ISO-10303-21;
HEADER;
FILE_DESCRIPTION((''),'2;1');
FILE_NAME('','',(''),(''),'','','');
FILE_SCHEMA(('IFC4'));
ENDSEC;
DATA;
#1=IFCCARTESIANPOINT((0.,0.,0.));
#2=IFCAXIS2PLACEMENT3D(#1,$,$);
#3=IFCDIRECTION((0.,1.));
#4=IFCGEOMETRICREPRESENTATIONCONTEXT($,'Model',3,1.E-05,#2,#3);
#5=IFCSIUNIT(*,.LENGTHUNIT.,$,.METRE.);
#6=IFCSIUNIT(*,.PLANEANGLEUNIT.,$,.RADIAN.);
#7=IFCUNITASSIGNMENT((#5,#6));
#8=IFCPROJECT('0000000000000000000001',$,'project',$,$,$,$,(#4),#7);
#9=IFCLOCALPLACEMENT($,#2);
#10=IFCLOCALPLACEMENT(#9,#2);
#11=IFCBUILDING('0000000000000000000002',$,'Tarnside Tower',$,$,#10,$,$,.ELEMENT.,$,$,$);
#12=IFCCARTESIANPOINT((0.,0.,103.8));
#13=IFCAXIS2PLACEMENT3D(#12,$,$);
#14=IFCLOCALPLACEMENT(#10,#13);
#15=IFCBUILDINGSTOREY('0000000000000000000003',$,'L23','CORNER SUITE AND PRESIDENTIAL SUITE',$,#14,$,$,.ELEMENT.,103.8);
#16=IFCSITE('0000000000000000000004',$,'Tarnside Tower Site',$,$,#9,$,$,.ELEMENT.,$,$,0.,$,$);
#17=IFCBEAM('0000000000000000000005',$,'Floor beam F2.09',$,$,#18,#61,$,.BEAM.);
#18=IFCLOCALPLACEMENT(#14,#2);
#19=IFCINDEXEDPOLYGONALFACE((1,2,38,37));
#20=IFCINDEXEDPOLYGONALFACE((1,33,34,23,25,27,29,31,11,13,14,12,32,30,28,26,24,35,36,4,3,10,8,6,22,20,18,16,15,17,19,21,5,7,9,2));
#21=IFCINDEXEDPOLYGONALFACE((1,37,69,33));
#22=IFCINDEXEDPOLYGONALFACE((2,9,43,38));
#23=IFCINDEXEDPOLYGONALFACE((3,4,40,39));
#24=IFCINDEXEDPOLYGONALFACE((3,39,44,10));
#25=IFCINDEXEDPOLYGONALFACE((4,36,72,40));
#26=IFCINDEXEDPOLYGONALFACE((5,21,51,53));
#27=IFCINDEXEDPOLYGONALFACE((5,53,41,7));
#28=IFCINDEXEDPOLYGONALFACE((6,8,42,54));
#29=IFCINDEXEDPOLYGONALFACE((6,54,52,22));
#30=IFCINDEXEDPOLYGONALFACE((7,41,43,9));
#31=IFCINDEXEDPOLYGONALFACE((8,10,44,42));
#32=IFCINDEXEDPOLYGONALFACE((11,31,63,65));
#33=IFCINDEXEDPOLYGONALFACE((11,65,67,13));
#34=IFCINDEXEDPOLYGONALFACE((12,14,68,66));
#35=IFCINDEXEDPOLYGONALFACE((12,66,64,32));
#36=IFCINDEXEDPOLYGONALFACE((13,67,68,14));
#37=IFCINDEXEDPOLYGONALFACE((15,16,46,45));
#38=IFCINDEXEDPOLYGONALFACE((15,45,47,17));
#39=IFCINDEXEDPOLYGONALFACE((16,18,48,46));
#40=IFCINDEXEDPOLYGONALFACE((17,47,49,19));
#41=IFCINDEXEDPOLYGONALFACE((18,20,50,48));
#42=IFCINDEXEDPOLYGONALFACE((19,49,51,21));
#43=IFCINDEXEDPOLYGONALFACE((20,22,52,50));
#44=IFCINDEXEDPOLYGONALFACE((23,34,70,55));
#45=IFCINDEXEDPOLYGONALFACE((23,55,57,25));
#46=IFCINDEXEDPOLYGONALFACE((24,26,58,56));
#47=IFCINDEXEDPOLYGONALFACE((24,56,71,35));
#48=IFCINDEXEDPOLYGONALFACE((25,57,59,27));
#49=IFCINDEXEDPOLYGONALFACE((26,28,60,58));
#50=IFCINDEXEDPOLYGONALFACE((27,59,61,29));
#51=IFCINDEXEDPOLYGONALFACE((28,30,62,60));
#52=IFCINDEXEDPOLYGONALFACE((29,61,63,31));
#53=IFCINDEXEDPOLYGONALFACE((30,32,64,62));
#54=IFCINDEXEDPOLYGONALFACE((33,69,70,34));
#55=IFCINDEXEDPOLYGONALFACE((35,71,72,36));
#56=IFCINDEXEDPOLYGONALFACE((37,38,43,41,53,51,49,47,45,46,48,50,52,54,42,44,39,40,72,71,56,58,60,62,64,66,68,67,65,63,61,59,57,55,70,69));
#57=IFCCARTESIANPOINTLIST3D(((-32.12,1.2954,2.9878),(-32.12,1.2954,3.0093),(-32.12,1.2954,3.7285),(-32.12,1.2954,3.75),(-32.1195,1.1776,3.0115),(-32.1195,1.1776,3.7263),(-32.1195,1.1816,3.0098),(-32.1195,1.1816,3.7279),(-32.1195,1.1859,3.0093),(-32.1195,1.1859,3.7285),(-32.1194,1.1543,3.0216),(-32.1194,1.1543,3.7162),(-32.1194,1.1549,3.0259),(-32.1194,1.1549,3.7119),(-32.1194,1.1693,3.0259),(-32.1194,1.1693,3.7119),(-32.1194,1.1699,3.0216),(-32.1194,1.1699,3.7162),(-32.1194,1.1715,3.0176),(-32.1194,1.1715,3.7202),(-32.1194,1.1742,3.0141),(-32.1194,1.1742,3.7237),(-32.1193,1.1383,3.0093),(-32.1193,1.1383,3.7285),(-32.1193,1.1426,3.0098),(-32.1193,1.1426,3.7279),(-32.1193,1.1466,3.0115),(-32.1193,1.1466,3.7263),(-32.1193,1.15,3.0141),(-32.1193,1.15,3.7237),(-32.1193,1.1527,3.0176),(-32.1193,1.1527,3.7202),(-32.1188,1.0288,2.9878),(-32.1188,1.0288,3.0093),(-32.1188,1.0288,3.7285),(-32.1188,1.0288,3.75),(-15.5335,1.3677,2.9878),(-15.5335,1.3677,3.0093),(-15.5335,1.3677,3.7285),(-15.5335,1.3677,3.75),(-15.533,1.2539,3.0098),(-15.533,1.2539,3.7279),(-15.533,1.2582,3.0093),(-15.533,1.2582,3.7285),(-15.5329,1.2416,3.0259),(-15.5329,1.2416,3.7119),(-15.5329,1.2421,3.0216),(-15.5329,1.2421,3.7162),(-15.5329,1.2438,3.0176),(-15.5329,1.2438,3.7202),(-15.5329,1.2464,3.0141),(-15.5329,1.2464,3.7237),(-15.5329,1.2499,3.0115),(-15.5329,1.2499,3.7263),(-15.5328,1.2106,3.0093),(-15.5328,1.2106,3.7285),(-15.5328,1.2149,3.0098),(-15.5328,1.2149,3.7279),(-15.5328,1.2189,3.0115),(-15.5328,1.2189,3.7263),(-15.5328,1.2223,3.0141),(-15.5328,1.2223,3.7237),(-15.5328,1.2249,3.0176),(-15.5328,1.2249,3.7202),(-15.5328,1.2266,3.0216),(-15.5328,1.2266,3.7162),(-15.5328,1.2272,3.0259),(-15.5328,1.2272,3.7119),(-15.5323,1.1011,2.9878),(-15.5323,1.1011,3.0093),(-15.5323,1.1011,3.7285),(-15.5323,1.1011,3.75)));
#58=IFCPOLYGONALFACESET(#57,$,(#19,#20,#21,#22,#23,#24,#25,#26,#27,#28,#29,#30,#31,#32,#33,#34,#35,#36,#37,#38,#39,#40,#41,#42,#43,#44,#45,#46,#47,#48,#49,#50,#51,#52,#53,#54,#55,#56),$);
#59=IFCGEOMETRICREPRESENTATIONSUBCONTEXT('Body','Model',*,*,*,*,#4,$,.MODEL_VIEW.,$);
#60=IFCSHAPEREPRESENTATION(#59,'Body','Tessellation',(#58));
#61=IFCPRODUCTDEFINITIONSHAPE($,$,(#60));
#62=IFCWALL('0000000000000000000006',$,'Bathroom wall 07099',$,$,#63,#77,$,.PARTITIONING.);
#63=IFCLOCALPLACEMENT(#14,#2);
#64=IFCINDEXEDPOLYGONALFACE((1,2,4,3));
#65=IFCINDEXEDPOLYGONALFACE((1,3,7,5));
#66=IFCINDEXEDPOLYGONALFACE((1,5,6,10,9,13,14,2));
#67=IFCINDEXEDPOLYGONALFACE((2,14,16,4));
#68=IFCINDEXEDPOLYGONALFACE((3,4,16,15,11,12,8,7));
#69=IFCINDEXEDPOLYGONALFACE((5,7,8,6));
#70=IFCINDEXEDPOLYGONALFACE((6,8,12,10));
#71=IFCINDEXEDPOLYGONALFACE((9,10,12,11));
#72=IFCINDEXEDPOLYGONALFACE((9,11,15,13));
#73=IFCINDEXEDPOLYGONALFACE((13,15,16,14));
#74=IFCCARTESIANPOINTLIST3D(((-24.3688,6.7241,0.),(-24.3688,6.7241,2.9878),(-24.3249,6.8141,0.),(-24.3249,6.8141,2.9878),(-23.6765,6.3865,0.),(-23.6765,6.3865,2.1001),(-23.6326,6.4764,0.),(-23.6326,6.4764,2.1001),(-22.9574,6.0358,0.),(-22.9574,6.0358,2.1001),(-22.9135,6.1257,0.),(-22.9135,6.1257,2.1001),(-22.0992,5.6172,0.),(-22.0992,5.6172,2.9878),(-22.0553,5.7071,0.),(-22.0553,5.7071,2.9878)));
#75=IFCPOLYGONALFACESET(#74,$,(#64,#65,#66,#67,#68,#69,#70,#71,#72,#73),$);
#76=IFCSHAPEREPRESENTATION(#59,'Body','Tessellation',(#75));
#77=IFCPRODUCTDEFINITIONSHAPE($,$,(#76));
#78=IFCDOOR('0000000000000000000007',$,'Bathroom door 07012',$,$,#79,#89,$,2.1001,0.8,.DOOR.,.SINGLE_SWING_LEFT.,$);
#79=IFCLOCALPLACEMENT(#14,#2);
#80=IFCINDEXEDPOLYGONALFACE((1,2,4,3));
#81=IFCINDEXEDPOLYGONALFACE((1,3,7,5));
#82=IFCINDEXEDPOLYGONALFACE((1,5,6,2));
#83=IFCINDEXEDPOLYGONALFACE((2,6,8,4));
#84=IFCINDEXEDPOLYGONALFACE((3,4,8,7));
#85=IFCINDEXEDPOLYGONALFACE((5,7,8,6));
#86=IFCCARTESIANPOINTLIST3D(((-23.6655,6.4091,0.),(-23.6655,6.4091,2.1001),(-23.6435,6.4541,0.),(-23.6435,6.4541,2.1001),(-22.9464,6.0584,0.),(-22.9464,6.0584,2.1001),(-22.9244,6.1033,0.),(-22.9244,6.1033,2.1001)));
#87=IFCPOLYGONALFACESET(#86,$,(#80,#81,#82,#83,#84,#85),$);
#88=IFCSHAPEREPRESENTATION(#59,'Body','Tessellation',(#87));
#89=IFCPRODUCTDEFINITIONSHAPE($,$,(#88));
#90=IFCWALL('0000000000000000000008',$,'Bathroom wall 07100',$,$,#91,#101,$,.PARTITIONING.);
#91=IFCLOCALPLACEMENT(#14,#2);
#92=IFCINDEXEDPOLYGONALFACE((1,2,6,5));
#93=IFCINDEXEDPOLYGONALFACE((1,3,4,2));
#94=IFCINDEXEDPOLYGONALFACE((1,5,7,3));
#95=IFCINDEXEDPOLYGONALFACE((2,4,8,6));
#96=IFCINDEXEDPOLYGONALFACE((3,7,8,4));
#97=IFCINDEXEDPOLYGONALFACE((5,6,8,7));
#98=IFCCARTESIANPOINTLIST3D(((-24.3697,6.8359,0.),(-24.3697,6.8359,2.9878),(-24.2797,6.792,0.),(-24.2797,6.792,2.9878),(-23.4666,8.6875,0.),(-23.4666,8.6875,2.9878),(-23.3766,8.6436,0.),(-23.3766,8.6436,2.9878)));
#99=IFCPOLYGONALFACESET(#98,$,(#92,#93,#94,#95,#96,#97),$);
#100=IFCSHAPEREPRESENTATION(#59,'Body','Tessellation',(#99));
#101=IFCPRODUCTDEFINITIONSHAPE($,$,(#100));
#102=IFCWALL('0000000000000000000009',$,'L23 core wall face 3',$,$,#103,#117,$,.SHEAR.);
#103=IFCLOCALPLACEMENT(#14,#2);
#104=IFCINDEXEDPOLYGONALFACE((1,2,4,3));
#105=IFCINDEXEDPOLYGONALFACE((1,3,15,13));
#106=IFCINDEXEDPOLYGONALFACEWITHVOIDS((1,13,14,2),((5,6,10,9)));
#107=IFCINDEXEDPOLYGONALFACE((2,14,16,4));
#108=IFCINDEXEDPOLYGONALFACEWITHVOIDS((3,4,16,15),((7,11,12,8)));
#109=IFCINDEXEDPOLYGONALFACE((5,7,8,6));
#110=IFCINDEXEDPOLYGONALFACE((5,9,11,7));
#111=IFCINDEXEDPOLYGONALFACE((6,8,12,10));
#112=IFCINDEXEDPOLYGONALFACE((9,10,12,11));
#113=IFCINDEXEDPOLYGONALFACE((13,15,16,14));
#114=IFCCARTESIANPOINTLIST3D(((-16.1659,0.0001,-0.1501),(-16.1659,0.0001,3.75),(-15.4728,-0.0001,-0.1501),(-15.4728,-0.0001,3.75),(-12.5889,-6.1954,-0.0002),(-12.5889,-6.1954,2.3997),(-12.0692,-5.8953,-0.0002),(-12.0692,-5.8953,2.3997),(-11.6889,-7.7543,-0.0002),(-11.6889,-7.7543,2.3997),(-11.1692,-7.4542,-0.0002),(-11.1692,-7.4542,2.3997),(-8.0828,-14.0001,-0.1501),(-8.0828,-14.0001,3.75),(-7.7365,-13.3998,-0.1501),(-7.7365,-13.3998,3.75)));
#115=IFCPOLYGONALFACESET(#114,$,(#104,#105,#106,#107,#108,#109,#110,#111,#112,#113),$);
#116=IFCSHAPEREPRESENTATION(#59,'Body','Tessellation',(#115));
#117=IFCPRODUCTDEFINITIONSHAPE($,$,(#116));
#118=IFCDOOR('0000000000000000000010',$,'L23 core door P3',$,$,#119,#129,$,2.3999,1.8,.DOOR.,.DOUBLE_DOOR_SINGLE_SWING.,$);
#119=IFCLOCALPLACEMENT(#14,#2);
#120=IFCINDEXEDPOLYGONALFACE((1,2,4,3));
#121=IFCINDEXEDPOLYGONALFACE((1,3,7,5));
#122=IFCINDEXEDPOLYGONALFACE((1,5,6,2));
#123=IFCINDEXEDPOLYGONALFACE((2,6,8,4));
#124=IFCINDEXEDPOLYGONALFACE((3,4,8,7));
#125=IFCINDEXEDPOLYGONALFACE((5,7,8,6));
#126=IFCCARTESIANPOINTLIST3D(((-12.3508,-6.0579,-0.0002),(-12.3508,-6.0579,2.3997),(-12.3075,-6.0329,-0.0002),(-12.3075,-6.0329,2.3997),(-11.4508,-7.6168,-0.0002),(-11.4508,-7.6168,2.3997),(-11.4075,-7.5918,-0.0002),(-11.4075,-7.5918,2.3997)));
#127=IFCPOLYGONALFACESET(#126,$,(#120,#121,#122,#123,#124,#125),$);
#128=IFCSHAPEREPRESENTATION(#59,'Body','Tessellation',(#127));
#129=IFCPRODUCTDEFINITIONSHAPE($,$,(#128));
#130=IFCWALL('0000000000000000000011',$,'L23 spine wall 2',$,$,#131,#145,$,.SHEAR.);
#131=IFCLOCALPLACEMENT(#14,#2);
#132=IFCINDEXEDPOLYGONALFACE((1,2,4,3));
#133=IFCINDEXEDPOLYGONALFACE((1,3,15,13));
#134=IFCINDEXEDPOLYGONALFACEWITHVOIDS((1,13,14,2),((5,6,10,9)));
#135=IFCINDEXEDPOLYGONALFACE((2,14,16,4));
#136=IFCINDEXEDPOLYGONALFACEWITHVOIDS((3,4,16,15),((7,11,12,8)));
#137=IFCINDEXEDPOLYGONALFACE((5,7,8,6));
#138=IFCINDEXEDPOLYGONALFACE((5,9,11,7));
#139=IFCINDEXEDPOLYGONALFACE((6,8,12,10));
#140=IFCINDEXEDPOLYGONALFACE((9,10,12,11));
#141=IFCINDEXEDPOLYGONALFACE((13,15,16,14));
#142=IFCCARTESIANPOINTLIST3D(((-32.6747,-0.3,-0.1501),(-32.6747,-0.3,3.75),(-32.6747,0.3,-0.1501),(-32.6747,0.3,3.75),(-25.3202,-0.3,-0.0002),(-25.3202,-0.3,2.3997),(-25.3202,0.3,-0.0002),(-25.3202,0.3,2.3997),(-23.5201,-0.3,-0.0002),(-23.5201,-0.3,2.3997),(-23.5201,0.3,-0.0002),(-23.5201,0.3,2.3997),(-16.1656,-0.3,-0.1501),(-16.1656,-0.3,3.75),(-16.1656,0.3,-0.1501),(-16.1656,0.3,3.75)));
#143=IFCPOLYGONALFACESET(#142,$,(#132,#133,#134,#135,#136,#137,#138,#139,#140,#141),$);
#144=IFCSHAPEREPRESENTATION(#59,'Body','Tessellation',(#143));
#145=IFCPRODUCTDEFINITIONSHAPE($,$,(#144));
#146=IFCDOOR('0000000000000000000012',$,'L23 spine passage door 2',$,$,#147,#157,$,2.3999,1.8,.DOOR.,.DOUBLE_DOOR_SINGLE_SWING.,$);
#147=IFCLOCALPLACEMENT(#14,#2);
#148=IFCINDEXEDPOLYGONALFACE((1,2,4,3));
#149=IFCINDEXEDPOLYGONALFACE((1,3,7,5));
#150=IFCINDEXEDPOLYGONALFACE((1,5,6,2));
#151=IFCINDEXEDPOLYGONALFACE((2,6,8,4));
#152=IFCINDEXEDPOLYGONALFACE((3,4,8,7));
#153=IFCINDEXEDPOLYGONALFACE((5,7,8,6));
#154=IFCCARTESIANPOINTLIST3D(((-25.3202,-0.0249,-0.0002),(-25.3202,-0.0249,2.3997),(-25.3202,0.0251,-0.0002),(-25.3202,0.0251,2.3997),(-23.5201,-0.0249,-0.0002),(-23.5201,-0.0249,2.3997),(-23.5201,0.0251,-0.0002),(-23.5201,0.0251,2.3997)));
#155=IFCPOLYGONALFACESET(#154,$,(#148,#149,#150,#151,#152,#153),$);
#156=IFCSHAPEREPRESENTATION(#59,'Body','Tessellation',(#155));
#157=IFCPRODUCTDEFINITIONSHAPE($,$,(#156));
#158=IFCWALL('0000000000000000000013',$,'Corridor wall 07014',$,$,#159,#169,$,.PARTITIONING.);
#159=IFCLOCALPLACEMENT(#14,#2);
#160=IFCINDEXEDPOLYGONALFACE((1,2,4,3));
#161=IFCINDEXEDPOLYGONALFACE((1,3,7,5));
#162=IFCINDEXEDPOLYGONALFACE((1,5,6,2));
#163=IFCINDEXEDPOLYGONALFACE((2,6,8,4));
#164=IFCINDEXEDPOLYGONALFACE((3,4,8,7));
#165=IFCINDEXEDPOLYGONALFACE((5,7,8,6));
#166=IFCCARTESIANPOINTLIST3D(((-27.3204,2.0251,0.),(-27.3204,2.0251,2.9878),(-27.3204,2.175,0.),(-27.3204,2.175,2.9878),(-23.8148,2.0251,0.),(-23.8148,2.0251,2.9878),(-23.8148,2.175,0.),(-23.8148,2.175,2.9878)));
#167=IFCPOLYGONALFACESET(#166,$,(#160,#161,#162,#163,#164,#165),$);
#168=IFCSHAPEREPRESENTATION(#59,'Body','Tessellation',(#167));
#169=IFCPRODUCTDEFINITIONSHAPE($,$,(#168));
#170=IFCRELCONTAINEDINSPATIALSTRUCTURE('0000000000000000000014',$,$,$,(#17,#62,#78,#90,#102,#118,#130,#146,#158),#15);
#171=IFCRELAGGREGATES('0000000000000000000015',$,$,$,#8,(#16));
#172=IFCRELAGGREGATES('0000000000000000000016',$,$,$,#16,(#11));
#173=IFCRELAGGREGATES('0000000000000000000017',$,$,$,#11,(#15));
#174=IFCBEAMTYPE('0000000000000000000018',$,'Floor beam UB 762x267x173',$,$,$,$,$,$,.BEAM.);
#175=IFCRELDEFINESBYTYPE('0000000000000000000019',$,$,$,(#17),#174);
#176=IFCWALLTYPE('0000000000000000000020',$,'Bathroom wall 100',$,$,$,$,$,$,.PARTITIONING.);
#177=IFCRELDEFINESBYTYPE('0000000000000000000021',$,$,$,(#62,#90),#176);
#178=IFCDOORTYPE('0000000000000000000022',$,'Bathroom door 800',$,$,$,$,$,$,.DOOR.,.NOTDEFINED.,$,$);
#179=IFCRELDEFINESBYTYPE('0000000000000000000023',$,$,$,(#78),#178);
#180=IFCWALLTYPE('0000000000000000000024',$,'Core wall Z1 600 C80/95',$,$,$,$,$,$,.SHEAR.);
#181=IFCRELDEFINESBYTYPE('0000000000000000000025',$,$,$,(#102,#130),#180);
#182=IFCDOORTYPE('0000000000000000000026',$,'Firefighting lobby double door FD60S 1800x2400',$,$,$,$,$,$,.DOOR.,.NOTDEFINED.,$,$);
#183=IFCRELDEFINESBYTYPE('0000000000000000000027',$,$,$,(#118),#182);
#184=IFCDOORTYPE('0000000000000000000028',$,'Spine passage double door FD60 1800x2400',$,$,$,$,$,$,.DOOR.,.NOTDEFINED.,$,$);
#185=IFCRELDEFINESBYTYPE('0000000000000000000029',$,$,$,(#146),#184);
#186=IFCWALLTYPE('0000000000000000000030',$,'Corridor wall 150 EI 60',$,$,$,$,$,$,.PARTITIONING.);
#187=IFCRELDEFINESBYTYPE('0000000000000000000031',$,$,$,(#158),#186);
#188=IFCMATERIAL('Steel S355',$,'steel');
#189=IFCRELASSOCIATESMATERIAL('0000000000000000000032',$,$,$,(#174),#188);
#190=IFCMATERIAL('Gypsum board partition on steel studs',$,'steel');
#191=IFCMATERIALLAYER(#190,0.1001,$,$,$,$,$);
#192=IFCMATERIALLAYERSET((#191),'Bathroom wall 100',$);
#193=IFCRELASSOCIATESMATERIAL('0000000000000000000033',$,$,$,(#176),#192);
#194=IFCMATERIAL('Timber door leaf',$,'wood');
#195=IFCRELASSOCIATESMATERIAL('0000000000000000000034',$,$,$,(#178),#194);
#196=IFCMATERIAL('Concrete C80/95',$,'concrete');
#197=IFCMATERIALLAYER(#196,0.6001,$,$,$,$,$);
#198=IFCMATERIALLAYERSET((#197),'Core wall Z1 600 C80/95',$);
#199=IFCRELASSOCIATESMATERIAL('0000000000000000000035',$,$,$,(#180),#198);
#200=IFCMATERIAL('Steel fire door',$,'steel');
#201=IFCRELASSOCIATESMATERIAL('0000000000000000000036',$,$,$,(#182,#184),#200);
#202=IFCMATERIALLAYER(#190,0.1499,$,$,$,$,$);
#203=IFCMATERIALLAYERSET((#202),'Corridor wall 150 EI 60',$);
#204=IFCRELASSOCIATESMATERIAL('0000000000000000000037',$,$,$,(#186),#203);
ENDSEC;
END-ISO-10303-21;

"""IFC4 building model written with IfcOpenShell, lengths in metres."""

from ifc_helpers import new_model, si_unit, direction, frame, frame_2d, origin, origin_2d, place, context, subcontext, project, spatial, polyline, rectangle, i_section, outline, extrude, material, layer, layer_set, material_profile, profile_set, type_object, element, fill, save


model = new_model("IFC4")

# Units and contexts
model_context = context("Model", 3, precision=1e-05, world=origin(), true_north=direction((0.0, 1.0)))
body_context = subcontext(model_context, "Body", "Model", "MODEL_VIEW")
ifc_project = project(units=[si_unit("LENGTHUNIT", "METRE"), si_unit("PLANEANGLEUNIT", "RADIAN")], contexts=[model_context])

# Site, building, storey
site_placement = place(None, origin())
site = spatial("IfcSite", under=ifc_project, at=site_placement, Name="Tarnside Tower Site", CompositionType="ELEMENT", RefElevation=0.0)
building_placement = place(site_placement, origin())
building = spatial("IfcBuilding", under=site, at=building_placement, Name="Tarnside Tower", CompositionType="ELEMENT")
storey_placement = place(building_placement, frame((0.0, 0.0, 103.8)))
storey = spatial("IfcBuildingStorey", under=building, at=storey_placement, Name="L23", Description="CORNER SUITE AND PRESIDENTIAL SUITE", CompositionType="ELEMENT", Elevation=103.8)

# Beam
ifc_material_1 = material(Name="Steel S355", Category="steel")
ifc_material_profile_1 = material_profile(ifc_material_1, i_section(OverallWidth=0.2666, OverallDepth=0.7622, WebThickness=0.0144, FlangeThickness=0.0215, FilletRadius=0.0166, at=origin_2d()), Name="UB 762x267x173")
ifc_profile_set_1 = profile_set([ifc_material_profile_1], Name="Steel S355")
beam_type_1 = type_object("IfcBeamType", Name="Floor beam UB 762x267x173", PredefinedType="BEAM", material=ifc_profile_set_1)
beam_1_placement = place(storey_placement, frame((-32.1194, 1.1621, 3.3689), z_axis=(0.999991, 0.004357, 0.0), x_axis=(-0.004357, 0.999991, 0.0)))
element("IfcBeam", 1, at=beam_1_placement, inside=storey, type_object=beam_type_1, Name="Floor beam F2.09", PredefinedType="BEAM", context=body_context, shape_type="SweptSolid", body=[
    extrude(i_section(OverallWidth=0.2666, OverallDepth=0.7622, WebThickness=0.0144, FlangeThickness=0.0215, FilletRadius=0.0166, at=origin_2d()), origin(), (0.0, 0.0, 1.0), 16.5867),
])

# Wall, opening, door
ifc_material_2 = material(Name="Gypsum board partition on steel studs", Category="steel")
ifc_layer_1 = layer(ifc_material_2, 0.1001)
ifc_layer_set_1 = layer_set([ifc_layer_1], Name="Bathroom wall 100")
wall_type_1 = type_object("IfcWallType", Name="Bathroom wall 100", PredefinedType="PARTITIONING", material=ifc_layer_set_1)
wall_1_placement = place(storey_placement, frame((-22.0771, 5.6621, 0.0), z_axis=(0.0, 0.0, 1.0), x_axis=(-0.898793, 0.438374, 0.0)))
wall_1 = element("IfcWall", 2, at=wall_1_placement, inside=storey, type_object=wall_type_1, Name="Bathroom wall 07099", PredefinedType="PARTITIONING", context=body_context, shape_type="SweptSolid", body=[
    extrude(rectangle(XDim=2.5251, YDim=0.1001, at=frame_2d((1.2627, 0.0))), origin(), (0.0, 0.0, 1.0), 2.9878),
])
opening_1_placement = place(wall_1_placement, frame((0.9551, 0.0, 0.0)))
opening_1 = element("IfcOpeningElement", 3, at=opening_1_placement, cuts=wall_1, PredefinedType="OPENING", context=body_context, shape_type="SweptSolid", body=[
    extrude(rectangle(XDim=0.8, YDim=2.1001, at=frame_2d((0.3999, 1.05))), frame((0.0, 0.0601, 0.0), z_axis=(0.0, -1.0, 0.0), x_axis=(1.0, 0.0, 0.0)), (0.0, 0.0, 1.0), 0.1201),
])
ifc_material_3 = material(Name="Timber door leaf", Category="wood")
door_type_1 = type_object("IfcDoorType", Name="Bathroom door 800", OperationType="NOTDEFINED", PredefinedType="DOOR", material=ifc_material_3)
door_1_placement = place(opening_1_placement, origin())
door_1 = element("IfcDoor", 4, at=door_1_placement, inside=storey, type_object=door_type_1, Name="Bathroom door 07012", OperationType="SINGLE_SWING_LEFT", OverallHeight=2.1001, OverallWidth=0.8, PredefinedType="DOOR", context=body_context, shape_type="SweptSolid", body=[
    extrude(rectangle(XDim=0.8, YDim=2.1001, at=frame_2d((0.3999, 1.05))), frame((0.0, 0.0249, 0.0), z_axis=(0.0, -1.0, 0.0), x_axis=(1.0, 0.0, 0.0)), (0.0, 0.0, 1.0), 0.05),
])
fill(opening_1, door_1)

# Wall
wall_2_placement = place(storey_placement, frame((-24.3247, 6.814, 0.0), z_axis=(0.0, 0.0, 1.0), x_axis=(0.438375, 0.898792, 0.0)))
element("IfcWall", 5, at=wall_2_placement, inside=storey, type_object=wall_type_1, Name="Bathroom wall 07100", PredefinedType="PARTITIONING", context=body_context, shape_type="SweptSolid", body=[
    extrude(rectangle(XDim=2.0601, YDim=0.1001, at=frame_2d((1.03, 0.0))), origin(), (0.0, 0.0, 1.0), 2.9878),
])

# Walls, openings, doors
ifc_material_4 = material(Name="Concrete C80/95", Category="concrete")
ifc_layer_2 = layer(ifc_material_4, 0.6001)
ifc_layer_set_2 = layer_set([ifc_layer_2], Name="Core wall Z1 600 C80/95")
wall_type_2 = type_object("IfcWallType", Name="Core wall Z1 600 C80/95", PredefinedType="SHEAR", material=ifc_layer_set_2)
wall_3_placement = place(storey_placement, frame((-15.8193, 0.0, -0.1501), z_axis=(0.0, 0.0, 1.0), x_axis=(0.5, -0.866025, 0.0)))
wall_3 = element("IfcWall", 6, at=wall_3_placement, inside=storey, type_object=wall_type_2, Name="L23 core wall face 3", PredefinedType="SHEAR", context=body_context, shape_type="SweptSolid", body=[
    extrude(outline(polyline([(-0.1733, -0.3), (15.9927, -0.3), (15.646, 0.3), (0.1733, 0.3), (-0.1733, -0.3)])), origin(), (0.0, 0.0, 1.0), 3.9001),
])
opening_2_placement = place(wall_3_placement, frame((6.9807, 0.0, 0.1499)))
opening_2 = element("IfcOpeningElement", 7, at=opening_2_placement, cuts=wall_3, PredefinedType="OPENING", context=body_context, shape_type="SweptSolid", body=[
    extrude(rectangle(XDim=1.8, YDim=2.3999, at=frame_2d((0.8999, 1.2))), frame((0.0, 0.3101, 0.0), z_axis=(0.0, -1.0, 0.0), x_axis=(1.0, 0.0, 0.0)), (0.0, 0.0, 1.0), 0.6201),
])
ifc_material_5 = material(Name="Steel fire door", Category="steel")
door_type_2 = type_object("IfcDoorType", Name="Firefighting lobby double door FD60S 1800x2400", OperationType="NOTDEFINED", PredefinedType="DOOR", material=ifc_material_5)
door_2_placement = place(opening_2_placement, origin())
door_2 = element("IfcDoor", 8, at=door_2_placement, inside=storey, type_object=door_type_2, Name="L23 core door P3", OperationType="DOUBLE_DOOR_SINGLE_SWING", OverallHeight=2.3999, OverallWidth=1.8, PredefinedType="DOOR", context=body_context, shape_type="SweptSolid", body=[
    extrude(rectangle(XDim=1.8, YDim=2.3999, at=frame_2d((0.8999, 1.2))), frame((0.0, 0.0249, 0.0), z_axis=(0.0, -1.0, 0.0), x_axis=(1.0, 0.0, 0.0)), (0.0, 0.0, 1.0), 0.05),
])
fill(opening_2, door_2)
wall_4_placement = place(storey_placement, frame((-16.1658, 0.0, -0.1501), z_axis=(0.0, 0.0, 1.0), x_axis=(-1.0, 0.0, 0.0)))
wall_4 = element("IfcWall", 9, at=wall_4_placement, inside=storey, type_object=wall_type_2, Name="L23 spine wall 2", PredefinedType="SHEAR", context=body_context, shape_type="SweptSolid", body=[
    extrude(rectangle(XDim=16.509, YDim=0.6001, at=frame_2d((8.2544, 0.0))), origin(), (0.0, 0.0, 1.0), 3.9001),
])
opening_3_placement = place(wall_4_placement, frame((7.3545, 0.0, 0.1499)))
opening_3 = element("IfcOpeningElement", 10, at=opening_3_placement, cuts=wall_4, PredefinedType="OPENING", context=body_context, shape_type="SweptSolid", body=[
    extrude(rectangle(XDim=1.8, YDim=2.3999, at=frame_2d((0.8999, 1.2))), frame((0.0, 0.3101, 0.0), z_axis=(0.0, -1.0, 0.0), x_axis=(1.0, 0.0, 0.0)), (0.0, 0.0, 1.0), 0.6201),
])
door_type_3 = type_object("IfcDoorType", Name="Spine passage double door FD60 1800x2400", OperationType="NOTDEFINED", PredefinedType="DOOR", material=ifc_material_5)
door_3_placement = place(opening_3_placement, origin())
door_3 = element("IfcDoor", 11, at=door_3_placement, inside=storey, type_object=door_type_3, Name="L23 spine passage door 2", OperationType="DOUBLE_DOOR_SINGLE_SWING", OverallHeight=2.3999, OverallWidth=1.8, PredefinedType="DOOR", context=body_context, shape_type="SweptSolid", body=[
    extrude(rectangle(XDim=1.8, YDim=2.3999, at=frame_2d((0.8999, 1.2))), frame((0.0, 0.0249, 0.0), z_axis=(0.0, -1.0, 0.0), x_axis=(1.0, 0.0, 0.0)), (0.0, 0.0, 1.0), 0.05),
])
fill(opening_3, door_3)

# Wall
ifc_layer_3 = layer(ifc_material_2, 0.1499)
ifc_layer_set_3 = layer_set([ifc_layer_3], Name="Corridor wall 150 EI 60")
wall_type_3 = type_object("IfcWallType", Name="Corridor wall 150 EI 60", PredefinedType="PARTITIONING", material=ifc_layer_set_3)
wall_5_placement = place(storey_placement, frame((-23.8147, 2.1001, 0.0), z_axis=(0.0, 0.0, 1.0), x_axis=(-1.0, 0.0, 0.0)))
element("IfcWall", 12, at=wall_5_placement, inside=storey, type_object=wall_type_3, Name="Corridor wall 07014", PredefinedType="PARTITIONING", context=body_context, shape_type="SweptSolid", body=[
    extrude(rectangle(XDim=3.5056, YDim=0.1499, at=frame_2d((1.7529, 0.0))), origin(), (0.0, 0.0, 1.0), 2.9878),
])

save(model, "model.ifc")
